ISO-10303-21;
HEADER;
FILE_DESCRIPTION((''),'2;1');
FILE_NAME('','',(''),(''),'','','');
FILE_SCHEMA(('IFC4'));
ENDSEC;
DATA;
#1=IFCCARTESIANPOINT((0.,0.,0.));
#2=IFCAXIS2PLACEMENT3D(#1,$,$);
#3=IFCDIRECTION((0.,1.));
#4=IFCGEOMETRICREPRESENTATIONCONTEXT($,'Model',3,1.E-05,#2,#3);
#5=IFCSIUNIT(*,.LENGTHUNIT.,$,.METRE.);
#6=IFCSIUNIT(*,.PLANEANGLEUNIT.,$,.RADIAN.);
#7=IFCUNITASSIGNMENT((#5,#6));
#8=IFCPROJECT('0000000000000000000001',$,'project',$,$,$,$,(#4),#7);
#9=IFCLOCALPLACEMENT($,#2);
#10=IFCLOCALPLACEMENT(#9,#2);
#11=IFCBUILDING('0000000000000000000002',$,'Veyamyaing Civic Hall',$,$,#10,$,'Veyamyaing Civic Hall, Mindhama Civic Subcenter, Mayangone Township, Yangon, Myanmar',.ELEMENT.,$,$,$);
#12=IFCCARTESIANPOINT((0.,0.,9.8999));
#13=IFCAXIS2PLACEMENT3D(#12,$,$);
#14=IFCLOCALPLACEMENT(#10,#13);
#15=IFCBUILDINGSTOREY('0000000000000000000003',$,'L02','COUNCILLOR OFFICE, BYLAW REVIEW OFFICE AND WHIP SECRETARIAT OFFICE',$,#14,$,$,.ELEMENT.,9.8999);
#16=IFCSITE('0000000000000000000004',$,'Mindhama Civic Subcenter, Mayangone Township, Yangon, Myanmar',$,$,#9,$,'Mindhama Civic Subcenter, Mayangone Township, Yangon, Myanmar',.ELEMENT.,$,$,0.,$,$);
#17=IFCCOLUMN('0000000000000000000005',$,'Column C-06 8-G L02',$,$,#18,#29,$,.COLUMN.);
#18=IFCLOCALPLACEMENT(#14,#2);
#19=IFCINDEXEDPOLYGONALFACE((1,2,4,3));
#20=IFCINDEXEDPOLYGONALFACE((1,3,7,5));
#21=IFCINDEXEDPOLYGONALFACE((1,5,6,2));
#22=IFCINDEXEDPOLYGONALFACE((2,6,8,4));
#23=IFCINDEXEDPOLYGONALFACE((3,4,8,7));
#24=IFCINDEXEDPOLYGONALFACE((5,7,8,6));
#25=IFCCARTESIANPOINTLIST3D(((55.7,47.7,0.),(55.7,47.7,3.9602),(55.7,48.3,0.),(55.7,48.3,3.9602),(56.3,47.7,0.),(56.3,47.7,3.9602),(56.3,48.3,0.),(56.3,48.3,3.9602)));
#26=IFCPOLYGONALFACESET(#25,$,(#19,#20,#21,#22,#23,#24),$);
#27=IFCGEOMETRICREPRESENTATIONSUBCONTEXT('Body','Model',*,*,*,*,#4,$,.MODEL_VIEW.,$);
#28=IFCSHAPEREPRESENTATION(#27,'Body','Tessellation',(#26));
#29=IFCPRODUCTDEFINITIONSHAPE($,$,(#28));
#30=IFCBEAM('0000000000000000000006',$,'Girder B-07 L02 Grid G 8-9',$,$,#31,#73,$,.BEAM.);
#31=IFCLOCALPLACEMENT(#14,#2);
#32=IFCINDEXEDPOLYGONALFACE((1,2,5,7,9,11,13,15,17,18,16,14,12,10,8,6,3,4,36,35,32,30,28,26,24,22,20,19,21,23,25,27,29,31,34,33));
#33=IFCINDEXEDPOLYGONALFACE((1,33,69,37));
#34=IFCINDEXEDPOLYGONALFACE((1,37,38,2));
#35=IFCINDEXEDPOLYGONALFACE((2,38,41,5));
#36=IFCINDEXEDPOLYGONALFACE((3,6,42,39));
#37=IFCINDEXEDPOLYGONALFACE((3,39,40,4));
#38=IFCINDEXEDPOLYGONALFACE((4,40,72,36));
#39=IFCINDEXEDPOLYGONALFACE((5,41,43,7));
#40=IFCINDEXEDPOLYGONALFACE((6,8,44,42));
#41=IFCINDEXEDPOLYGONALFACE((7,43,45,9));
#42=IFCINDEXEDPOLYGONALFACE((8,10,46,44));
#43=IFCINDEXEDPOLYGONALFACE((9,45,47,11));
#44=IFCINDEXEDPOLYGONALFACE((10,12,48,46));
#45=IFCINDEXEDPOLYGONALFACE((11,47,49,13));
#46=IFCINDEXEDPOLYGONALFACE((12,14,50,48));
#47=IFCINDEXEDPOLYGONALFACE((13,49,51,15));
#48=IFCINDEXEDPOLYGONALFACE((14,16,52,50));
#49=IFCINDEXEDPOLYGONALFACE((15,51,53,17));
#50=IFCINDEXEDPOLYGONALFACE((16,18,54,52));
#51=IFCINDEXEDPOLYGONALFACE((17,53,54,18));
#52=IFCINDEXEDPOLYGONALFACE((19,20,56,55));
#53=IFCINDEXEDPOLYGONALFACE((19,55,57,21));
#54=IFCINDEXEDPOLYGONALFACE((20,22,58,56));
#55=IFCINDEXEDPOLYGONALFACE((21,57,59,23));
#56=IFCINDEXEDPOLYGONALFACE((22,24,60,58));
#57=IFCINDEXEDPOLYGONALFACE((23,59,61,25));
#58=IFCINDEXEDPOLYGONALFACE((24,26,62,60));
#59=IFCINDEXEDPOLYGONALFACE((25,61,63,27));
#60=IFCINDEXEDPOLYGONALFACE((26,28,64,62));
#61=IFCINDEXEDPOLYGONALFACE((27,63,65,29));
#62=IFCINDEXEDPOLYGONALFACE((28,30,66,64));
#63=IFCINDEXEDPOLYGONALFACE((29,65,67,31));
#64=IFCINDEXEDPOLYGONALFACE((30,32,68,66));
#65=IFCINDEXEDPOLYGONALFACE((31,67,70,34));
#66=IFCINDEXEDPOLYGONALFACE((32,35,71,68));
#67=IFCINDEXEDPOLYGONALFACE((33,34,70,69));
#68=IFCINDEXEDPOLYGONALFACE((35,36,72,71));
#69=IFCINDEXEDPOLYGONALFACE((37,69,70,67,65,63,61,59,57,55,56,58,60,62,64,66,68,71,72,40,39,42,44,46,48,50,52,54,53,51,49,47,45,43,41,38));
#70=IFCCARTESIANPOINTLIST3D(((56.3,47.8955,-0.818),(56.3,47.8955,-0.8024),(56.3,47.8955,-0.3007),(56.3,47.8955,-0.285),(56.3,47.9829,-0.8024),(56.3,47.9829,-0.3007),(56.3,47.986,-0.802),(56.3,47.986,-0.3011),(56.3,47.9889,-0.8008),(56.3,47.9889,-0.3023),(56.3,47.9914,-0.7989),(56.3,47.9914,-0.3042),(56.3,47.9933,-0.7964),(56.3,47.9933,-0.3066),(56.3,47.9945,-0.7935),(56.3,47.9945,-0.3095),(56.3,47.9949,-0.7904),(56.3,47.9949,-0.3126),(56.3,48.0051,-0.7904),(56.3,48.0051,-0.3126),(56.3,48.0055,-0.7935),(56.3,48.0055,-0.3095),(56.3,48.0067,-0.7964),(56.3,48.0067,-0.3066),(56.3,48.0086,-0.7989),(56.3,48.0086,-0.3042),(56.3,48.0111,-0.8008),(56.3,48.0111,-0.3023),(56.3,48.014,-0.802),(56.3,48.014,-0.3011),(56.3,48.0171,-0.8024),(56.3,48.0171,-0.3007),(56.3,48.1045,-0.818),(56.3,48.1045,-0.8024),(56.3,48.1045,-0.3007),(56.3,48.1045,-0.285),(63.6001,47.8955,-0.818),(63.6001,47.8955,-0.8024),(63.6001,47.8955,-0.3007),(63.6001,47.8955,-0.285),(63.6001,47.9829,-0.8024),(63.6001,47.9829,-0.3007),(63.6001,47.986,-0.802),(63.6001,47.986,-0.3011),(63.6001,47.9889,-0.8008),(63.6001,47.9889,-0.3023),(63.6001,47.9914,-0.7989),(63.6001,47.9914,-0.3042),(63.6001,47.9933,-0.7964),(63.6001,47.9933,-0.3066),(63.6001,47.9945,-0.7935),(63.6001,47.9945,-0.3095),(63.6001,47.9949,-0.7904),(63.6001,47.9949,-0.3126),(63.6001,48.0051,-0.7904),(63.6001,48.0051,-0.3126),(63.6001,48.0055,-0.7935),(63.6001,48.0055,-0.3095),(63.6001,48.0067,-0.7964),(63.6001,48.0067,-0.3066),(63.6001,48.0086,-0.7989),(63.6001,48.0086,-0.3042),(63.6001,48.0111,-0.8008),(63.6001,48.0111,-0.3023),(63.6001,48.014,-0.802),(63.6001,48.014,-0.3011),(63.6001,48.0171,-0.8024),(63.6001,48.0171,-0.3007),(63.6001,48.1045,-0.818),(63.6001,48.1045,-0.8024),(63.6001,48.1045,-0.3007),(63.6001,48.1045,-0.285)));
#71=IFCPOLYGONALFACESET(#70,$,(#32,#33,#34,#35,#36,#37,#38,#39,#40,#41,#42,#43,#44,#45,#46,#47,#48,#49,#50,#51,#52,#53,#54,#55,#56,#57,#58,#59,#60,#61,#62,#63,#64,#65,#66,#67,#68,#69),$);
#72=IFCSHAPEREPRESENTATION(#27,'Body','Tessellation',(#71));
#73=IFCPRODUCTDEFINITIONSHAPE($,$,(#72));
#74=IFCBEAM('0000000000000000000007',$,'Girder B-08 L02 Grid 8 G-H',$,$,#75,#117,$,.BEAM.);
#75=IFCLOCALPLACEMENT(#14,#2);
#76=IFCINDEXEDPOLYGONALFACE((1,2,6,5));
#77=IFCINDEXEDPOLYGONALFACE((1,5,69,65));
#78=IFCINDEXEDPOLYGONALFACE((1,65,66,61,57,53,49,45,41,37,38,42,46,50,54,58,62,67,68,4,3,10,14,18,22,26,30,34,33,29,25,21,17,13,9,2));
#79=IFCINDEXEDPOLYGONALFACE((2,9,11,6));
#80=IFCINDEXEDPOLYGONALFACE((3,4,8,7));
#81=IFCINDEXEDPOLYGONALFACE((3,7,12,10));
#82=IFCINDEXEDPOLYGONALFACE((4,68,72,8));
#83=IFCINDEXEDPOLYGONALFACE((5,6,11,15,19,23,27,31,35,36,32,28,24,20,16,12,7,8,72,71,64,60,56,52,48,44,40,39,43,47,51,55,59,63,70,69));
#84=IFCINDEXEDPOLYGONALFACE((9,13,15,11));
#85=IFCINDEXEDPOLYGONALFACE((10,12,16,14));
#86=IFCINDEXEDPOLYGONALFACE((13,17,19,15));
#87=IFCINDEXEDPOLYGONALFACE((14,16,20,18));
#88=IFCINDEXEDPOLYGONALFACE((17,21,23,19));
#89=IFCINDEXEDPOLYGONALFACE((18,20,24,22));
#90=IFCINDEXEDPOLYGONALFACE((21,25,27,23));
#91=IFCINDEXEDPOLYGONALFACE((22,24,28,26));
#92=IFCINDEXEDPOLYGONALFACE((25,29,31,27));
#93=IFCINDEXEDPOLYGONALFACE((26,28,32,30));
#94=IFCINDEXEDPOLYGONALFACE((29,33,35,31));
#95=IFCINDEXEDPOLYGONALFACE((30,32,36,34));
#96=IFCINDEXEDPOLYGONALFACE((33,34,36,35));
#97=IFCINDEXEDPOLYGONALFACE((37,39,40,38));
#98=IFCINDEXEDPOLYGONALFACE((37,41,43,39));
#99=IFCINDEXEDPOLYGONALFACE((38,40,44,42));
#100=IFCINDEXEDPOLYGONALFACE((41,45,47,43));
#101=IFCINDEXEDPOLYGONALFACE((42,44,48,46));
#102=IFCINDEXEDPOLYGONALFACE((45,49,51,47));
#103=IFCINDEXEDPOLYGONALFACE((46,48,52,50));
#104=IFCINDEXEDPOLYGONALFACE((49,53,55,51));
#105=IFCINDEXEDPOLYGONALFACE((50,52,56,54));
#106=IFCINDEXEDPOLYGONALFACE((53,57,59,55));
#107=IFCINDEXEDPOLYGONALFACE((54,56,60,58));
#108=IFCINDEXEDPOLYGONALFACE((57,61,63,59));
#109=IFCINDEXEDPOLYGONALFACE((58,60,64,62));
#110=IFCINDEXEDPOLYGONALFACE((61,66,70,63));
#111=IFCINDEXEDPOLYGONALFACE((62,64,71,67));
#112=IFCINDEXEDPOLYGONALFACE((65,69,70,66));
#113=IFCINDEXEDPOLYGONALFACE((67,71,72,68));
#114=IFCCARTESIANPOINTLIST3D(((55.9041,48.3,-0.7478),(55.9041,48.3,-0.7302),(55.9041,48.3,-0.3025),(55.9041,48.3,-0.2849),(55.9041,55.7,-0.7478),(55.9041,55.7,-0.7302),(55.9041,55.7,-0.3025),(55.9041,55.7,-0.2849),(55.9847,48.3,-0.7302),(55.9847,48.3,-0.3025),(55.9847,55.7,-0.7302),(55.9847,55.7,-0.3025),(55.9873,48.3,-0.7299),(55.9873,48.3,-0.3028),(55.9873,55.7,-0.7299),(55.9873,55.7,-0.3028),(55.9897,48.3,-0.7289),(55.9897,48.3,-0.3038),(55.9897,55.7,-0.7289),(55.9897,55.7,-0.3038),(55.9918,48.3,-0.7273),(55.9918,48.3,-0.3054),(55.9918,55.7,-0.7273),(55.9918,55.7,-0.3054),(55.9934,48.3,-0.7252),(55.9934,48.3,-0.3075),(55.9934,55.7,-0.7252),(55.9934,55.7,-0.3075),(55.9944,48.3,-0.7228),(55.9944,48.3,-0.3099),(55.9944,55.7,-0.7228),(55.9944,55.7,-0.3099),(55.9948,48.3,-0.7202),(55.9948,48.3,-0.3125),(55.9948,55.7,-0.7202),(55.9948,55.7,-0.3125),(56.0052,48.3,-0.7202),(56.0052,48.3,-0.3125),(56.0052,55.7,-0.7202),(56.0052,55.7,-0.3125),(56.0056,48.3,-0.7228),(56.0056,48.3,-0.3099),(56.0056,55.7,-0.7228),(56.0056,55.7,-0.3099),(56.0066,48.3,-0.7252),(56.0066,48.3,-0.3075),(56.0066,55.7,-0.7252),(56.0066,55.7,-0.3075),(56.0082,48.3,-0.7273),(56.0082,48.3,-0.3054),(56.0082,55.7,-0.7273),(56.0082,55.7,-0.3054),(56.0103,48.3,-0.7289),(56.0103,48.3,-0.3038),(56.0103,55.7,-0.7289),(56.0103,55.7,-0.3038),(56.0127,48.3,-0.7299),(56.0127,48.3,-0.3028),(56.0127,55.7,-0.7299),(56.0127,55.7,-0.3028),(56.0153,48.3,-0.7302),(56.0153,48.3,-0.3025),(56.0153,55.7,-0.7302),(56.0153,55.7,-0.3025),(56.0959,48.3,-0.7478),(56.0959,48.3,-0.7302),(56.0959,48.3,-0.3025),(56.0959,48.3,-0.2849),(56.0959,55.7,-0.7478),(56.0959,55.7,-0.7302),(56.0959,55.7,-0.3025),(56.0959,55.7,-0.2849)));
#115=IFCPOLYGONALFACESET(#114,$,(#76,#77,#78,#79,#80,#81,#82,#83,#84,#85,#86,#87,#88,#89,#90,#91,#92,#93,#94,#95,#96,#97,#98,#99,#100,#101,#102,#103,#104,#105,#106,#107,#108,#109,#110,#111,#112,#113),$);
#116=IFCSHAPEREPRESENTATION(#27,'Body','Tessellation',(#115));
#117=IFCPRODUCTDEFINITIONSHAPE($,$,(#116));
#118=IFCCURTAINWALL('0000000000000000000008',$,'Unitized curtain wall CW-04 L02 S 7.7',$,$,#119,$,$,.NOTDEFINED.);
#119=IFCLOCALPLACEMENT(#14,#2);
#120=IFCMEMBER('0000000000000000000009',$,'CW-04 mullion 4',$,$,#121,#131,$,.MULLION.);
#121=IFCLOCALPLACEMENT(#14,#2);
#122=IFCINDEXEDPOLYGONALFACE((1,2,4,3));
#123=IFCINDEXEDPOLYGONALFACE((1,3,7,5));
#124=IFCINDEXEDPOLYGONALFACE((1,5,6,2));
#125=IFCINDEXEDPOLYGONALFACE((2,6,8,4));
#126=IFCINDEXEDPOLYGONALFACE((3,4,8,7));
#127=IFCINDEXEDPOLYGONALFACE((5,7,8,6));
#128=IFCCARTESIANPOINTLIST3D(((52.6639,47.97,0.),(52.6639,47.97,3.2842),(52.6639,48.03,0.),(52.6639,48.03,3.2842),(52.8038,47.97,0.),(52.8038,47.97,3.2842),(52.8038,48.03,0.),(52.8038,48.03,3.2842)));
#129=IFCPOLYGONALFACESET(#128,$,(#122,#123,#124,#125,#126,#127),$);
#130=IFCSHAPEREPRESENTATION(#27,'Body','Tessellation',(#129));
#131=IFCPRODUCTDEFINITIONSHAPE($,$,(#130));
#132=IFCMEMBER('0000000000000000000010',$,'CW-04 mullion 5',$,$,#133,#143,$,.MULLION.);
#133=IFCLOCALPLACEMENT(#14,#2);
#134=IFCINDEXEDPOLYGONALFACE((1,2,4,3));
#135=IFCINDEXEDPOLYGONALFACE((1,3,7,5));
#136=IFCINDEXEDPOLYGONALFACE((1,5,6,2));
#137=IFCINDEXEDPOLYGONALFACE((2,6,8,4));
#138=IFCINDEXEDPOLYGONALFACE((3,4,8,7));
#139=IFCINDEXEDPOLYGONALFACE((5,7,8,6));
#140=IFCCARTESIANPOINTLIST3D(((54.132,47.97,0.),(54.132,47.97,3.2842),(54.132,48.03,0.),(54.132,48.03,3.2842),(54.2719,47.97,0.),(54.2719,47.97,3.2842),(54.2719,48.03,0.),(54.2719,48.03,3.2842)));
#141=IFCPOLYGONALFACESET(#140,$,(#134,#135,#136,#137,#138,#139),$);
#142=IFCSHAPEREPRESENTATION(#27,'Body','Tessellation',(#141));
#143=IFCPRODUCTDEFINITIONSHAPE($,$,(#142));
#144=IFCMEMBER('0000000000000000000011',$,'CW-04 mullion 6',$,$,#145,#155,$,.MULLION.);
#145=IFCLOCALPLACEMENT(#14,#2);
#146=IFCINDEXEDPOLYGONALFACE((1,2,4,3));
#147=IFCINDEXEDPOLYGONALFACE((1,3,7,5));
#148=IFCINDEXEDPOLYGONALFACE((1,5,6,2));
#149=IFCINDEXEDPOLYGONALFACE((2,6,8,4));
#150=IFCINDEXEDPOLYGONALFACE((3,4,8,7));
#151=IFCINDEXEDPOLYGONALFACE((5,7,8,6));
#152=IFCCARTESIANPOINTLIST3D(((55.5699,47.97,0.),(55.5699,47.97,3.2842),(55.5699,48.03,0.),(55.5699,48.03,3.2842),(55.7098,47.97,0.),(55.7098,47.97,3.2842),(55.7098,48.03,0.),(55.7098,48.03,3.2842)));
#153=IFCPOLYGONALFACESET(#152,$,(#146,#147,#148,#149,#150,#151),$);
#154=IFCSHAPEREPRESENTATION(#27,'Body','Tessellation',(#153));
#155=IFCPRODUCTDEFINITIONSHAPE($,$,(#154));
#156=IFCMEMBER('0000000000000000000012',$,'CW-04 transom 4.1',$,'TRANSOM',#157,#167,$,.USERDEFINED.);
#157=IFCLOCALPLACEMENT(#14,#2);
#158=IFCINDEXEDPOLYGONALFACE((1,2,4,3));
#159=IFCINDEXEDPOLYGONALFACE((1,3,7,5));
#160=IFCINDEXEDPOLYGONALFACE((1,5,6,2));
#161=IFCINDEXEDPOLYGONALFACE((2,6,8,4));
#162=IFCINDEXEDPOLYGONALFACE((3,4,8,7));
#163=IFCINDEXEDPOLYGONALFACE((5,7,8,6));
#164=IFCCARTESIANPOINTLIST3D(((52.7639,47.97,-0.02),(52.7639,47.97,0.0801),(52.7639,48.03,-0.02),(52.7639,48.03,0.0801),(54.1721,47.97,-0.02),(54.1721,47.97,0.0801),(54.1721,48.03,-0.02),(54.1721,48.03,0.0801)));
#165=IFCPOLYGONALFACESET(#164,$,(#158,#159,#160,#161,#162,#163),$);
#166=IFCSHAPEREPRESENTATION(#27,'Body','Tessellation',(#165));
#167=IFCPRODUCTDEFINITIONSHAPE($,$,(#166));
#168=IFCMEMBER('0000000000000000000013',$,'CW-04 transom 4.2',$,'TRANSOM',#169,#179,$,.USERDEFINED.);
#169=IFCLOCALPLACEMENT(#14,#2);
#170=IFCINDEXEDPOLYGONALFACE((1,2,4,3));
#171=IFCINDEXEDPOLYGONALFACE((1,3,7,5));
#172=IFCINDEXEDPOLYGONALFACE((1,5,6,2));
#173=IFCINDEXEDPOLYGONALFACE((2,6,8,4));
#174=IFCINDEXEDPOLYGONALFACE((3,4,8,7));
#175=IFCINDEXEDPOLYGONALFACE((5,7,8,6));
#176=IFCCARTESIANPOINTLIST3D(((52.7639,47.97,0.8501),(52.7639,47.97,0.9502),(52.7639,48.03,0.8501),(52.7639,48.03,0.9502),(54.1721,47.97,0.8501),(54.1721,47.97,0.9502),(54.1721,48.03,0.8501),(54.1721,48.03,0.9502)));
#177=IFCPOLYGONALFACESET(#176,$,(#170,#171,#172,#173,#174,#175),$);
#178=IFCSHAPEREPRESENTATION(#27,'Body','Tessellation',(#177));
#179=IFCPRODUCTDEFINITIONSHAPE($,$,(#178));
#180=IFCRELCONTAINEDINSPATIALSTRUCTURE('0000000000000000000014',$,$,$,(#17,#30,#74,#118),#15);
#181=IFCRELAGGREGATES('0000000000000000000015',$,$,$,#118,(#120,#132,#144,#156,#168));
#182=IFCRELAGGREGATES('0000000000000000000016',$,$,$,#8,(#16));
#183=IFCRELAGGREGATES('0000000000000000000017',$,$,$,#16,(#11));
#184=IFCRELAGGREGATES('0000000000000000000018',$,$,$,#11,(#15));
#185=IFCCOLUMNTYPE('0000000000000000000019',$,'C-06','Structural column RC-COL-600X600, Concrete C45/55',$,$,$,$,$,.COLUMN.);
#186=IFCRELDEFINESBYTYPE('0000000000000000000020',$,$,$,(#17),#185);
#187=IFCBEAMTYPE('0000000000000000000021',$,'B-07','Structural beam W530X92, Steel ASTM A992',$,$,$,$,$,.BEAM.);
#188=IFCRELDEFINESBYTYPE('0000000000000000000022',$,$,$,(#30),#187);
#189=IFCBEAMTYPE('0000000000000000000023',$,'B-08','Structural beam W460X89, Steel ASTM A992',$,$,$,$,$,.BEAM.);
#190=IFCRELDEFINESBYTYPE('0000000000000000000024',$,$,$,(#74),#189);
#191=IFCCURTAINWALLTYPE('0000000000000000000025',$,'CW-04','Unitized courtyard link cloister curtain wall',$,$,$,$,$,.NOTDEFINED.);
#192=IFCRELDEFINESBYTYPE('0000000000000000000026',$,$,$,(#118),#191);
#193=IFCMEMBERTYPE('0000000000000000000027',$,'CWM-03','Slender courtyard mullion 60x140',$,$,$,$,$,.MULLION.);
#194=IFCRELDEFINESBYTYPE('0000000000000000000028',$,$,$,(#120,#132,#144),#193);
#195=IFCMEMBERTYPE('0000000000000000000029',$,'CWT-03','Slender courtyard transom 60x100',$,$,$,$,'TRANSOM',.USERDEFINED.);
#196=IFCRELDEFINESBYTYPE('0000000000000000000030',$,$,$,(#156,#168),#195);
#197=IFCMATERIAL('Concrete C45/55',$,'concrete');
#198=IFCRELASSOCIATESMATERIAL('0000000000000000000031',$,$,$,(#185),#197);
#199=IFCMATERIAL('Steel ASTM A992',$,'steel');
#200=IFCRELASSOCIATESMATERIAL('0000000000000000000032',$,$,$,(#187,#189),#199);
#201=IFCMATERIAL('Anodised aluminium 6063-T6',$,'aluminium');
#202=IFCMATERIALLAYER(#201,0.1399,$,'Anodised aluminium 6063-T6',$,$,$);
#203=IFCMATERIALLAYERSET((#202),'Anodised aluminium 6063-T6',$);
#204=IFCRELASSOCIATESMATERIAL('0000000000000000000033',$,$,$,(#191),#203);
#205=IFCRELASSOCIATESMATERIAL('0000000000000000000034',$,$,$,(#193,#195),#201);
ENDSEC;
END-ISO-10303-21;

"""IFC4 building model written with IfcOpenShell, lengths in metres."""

from ifc_helpers import new_model, si_unit, direction, frame, origin, origin_2d, place, context, subcontext, project, spatial, rectangle, i_section, extrude, material, layer, layer_set, material_profile, profile_set, type_object, element, aggregate, save


model = new_model("IFC4")

# Units and contexts
model_context = context("Model", 3, precision=1e-05, world=origin(), true_north=direction((0.0, 1.0)))
body_context = subcontext(model_context, "Body", "Model", "MODEL_VIEW")
ifc_project = project(units=[si_unit("LENGTHUNIT", "METRE"), si_unit("PLANEANGLEUNIT", "RADIAN")], contexts=[model_context])

# Site, building, storey
site_placement = place(None, origin())
site = spatial("IfcSite", under=ifc_project, at=site_placement, Name="Mindhama Civic Subcenter, Mayangone Township, Yangon, Myanmar", LongName="Mindhama Civic Subcenter, Mayangone Township, Yangon, Myanmar", CompositionType="ELEMENT", RefElevation=0.0)
building_placement = place(site_placement, origin())
building = spatial("IfcBuilding", under=site, at=building_placement, Name="Veyamyaing Civic Hall", LongName="Veyamyaing Civic Hall, Mindhama Civic Subcenter, Mayangone Township, Yangon, Myanmar", CompositionType="ELEMENT")
storey_placement = place(building_placement, frame((0.0, 0.0, 9.8999)))
storey = spatial("IfcBuildingStorey", under=building, at=storey_placement, Name="L02", Description="COUNCILLOR OFFICE, BYLAW REVIEW OFFICE AND WHIP SECRETARIAT OFFICE", CompositionType="ELEMENT", Elevation=9.8999)

# Column
ifc_material_1 = material(Name="Concrete C45/55", Category="concrete")
ifc_material_profile_1 = material_profile(ifc_material_1, rectangle(XDim=0.6001, YDim=0.6001, at=origin_2d()), Name="RC-COL-600X600")
ifc_profile_set_1 = profile_set([ifc_material_profile_1], Name="Concrete C45/55")
column_type = type_object("IfcColumnType", Name="C-06", Description="Structural column RC-COL-600X600, Concrete C45/55", PredefinedType="COLUMN", material=ifc_profile_set_1)
column_placement = place(storey_placement, frame((56.0, 48.0, 0.0), z_axis=(0.0, 0.0, 1.0), x_axis=(1.0, 0.0, 0.0)))
element("IfcColumn", 1, at=column_placement, inside=storey, type_object=column_type, Name="Column C-06 8-G L02", PredefinedType="COLUMN", context=body_context, shape_type="SweptSolid", body=[
    extrude(rectangle(XDim=0.6001, YDim=0.6001, at=origin_2d()), origin(), (0.0, 0.0, 1.0), 3.9602),
])

# Beams
ifc_material_2 = material(Name="Steel ASTM A992", Category="steel")
ifc_material_profile_2 = material_profile(ifc_material_2, i_section(OverallWidth=0.209, OverallDepth=0.533, WebThickness=0.0103, FlangeThickness=0.0156, FilletRadius=0.012, at=origin_2d()), Name="W530X92")
ifc_profile_set_2 = profile_set([ifc_material_profile_2], Name="Steel ASTM A992")
beam_type_1 = type_object("IfcBeamType", Name="B-07", Description="Structural beam W530X92, Steel ASTM A992", PredefinedType="BEAM", material=ifc_profile_set_2)
beam_1_placement = place(storey_placement, frame((56.3, 48.0, -0.5515), z_axis=(1.0, 0.0, 0.0), x_axis=(0.0, 1.0, 0.0)))
element("IfcBeam", 2, at=beam_1_placement, inside=storey, type_object=beam_type_1, Name="Girder B-07 L02 Grid G 8-9", PredefinedType="BEAM", context=body_context, shape_type="SweptSolid", body=[
    extrude(i_section(OverallWidth=0.209, OverallDepth=0.533, WebThickness=0.0103, FlangeThickness=0.0156, FilletRadius=0.012, at=origin_2d()), origin(), (0.0, 0.0, 1.0), 7.3),
])
ifc_material_profile_3 = material_profile(ifc_material_2, i_section(OverallWidth=0.1919, OverallDepth=0.4629, WebThickness=0.0105, FlangeThickness=0.0176, FilletRadius=0.01, at=origin_2d()), Name="W460X89")
ifc_profile_set_3 = profile_set([ifc_material_profile_3], Name="Steel ASTM A992")
beam_type_2 = type_object("IfcBeamType", Name="B-08", Description="Structural beam W460X89, Steel ASTM A992", PredefinedType="BEAM", material=ifc_profile_set_3)
beam_2_placement = place(storey_placement, frame((56.0, 48.3, -0.5164), z_axis=(0.0, 1.0, 0.0), x_axis=(-1.0, 0.0, 0.0)))
element("IfcBeam", 3, at=beam_2_placement, inside=storey, type_object=beam_type_2, Name="Girder B-08 L02 Grid 8 G-H", PredefinedType="BEAM", context=body_context, shape_type="SweptSolid", body=[
    extrude(i_section(OverallWidth=0.1919, OverallDepth=0.4629, WebThickness=0.0105, FlangeThickness=0.0176, FilletRadius=0.01, at=origin_2d()), origin(), (0.0, 0.0, 1.0), 7.3999),
])

# Curtain wall, members
ifc_material_3 = material(Name="Anodised aluminium 6063-T6", Category="aluminium")
ifc_layer_1 = layer(ifc_material_3, 0.1399, Name="Anodised aluminium 6063-T6")
ifc_layer_set_1 = layer_set([ifc_layer_1], Name="Anodised aluminium 6063-T6")
curtain_wall_type = type_object("IfcCurtainWallType", Name="CW-04", Description="Unitized courtyard link cloister curtain wall", PredefinedType="NOTDEFINED", material=ifc_layer_set_1)
curtain_wall_placement = place(storey_placement, origin())
curtain_wall = element("IfcCurtainWall", 4, at=curtain_wall_placement, inside=storey, type_object=curtain_wall_type, Name="Unitized curtain wall CW-04 L02 S 7.7", PredefinedType="NOTDEFINED")
ifc_material_profile_4 = material_profile(ifc_material_3, rectangle(XDim=0.0601, YDim=0.1399, at=origin_2d()), Name="ALU-MUL-60X140")
ifc_profile_set_4 = profile_set([ifc_material_profile_4], Name="Anodised aluminium 6063-T6")
member_type_1 = type_object("IfcMemberType", Name="CWM-03", Description="Slender courtyard mullion 60x140", PredefinedType="MULLION", material=ifc_profile_set_4)
member_1_placement = place(storey_placement, frame((52.7339, 48.0, 0.0), z_axis=(0.0, 0.0, 1.0), x_axis=(0.0, 1.0, 0.0)))
member_1 = element("IfcMember", 5, at=member_1_placement, type_object=member_type_1, Name="CW-04 mullion 4", PredefinedType="MULLION", context=body_context, shape_type="SweptSolid", body=[
    extrude(rectangle(XDim=0.0601, YDim=0.1399, at=origin_2d()), origin(), (0.0, 0.0, 1.0), 3.2842),
])
member_2_placement = place(storey_placement, frame((54.2019, 48.0, 0.0), z_axis=(0.0, 0.0, 1.0), x_axis=(0.0, 1.0, 0.0)))
member_2 = element("IfcMember", 6, at=member_2_placement, type_object=member_type_1, Name="CW-04 mullion 5", PredefinedType="MULLION", context=body_context, shape_type="SweptSolid", body=[
    extrude(rectangle(XDim=0.0601, YDim=0.1399, at=origin_2d()), origin(), (0.0, 0.0, 1.0), 3.2842),
])
member_3_placement = place(storey_placement, frame((55.6399, 48.0, 0.0), z_axis=(0.0, 0.0, 1.0), x_axis=(0.0, 1.0, 0.0)))
member_3 = element("IfcMember", 7, at=member_3_placement, type_object=member_type_1, Name="CW-04 mullion 6", PredefinedType="MULLION", context=body_context, shape_type="SweptSolid", body=[
    extrude(rectangle(XDim=0.0601, YDim=0.1399, at=origin_2d()), origin(), (0.0, 0.0, 1.0), 3.2842),
])
ifc_material_profile_5 = material_profile(ifc_material_3, rectangle(XDim=0.0601, YDim=0.1001, at=origin_2d()), Name="ALU-TRN-60X100")
ifc_profile_set_5 = profile_set([ifc_material_profile_5], Name="Anodised aluminium 6063-T6")
member_type_2 = type_object("IfcMemberType", Name="CWT-03", Description="Slender courtyard transom 60x100", ElementType="TRANSOM", PredefinedType="USERDEFINED", material=ifc_profile_set_5)
member_4_placement = place(storey_placement, frame((52.7639, 48.0, 0.03), z_axis=(1.0, 0.0, 0.0), x_axis=(0.0, 1.0, 0.0)))
member_4 = element("IfcMember", 8, at=member_4_placement, type_object=member_type_2, Name="CW-04 transom 4.1", ObjectType="TRANSOM", PredefinedType="USERDEFINED", context=body_context, shape_type="SweptSolid", body=[
    extrude(rectangle(XDim=0.0601, YDim=0.1001, at=origin_2d()), origin(), (0.0, 0.0, 1.0), 1.4082),
])
member_5_placement = place(storey_placement, frame((52.7639, 48.0, 0.9001), z_axis=(1.0, 0.0, 0.0), x_axis=(0.0, 1.0, 0.0)))
member_5 = element("IfcMember", 9, at=member_5_placement, type_object=member_type_2, Name="CW-04 transom 4.2", ObjectType="TRANSOM", PredefinedType="USERDEFINED", context=body_context, shape_type="SweptSolid", body=[
    extrude(rectangle(XDim=0.0601, YDim=0.1001, at=origin_2d()), origin(), (0.0, 0.0, 1.0), 1.4082),
])
aggregate(curtain_wall, [member_1, member_2, member_3, member_4, member_5])

save(model, "model.ifc")
